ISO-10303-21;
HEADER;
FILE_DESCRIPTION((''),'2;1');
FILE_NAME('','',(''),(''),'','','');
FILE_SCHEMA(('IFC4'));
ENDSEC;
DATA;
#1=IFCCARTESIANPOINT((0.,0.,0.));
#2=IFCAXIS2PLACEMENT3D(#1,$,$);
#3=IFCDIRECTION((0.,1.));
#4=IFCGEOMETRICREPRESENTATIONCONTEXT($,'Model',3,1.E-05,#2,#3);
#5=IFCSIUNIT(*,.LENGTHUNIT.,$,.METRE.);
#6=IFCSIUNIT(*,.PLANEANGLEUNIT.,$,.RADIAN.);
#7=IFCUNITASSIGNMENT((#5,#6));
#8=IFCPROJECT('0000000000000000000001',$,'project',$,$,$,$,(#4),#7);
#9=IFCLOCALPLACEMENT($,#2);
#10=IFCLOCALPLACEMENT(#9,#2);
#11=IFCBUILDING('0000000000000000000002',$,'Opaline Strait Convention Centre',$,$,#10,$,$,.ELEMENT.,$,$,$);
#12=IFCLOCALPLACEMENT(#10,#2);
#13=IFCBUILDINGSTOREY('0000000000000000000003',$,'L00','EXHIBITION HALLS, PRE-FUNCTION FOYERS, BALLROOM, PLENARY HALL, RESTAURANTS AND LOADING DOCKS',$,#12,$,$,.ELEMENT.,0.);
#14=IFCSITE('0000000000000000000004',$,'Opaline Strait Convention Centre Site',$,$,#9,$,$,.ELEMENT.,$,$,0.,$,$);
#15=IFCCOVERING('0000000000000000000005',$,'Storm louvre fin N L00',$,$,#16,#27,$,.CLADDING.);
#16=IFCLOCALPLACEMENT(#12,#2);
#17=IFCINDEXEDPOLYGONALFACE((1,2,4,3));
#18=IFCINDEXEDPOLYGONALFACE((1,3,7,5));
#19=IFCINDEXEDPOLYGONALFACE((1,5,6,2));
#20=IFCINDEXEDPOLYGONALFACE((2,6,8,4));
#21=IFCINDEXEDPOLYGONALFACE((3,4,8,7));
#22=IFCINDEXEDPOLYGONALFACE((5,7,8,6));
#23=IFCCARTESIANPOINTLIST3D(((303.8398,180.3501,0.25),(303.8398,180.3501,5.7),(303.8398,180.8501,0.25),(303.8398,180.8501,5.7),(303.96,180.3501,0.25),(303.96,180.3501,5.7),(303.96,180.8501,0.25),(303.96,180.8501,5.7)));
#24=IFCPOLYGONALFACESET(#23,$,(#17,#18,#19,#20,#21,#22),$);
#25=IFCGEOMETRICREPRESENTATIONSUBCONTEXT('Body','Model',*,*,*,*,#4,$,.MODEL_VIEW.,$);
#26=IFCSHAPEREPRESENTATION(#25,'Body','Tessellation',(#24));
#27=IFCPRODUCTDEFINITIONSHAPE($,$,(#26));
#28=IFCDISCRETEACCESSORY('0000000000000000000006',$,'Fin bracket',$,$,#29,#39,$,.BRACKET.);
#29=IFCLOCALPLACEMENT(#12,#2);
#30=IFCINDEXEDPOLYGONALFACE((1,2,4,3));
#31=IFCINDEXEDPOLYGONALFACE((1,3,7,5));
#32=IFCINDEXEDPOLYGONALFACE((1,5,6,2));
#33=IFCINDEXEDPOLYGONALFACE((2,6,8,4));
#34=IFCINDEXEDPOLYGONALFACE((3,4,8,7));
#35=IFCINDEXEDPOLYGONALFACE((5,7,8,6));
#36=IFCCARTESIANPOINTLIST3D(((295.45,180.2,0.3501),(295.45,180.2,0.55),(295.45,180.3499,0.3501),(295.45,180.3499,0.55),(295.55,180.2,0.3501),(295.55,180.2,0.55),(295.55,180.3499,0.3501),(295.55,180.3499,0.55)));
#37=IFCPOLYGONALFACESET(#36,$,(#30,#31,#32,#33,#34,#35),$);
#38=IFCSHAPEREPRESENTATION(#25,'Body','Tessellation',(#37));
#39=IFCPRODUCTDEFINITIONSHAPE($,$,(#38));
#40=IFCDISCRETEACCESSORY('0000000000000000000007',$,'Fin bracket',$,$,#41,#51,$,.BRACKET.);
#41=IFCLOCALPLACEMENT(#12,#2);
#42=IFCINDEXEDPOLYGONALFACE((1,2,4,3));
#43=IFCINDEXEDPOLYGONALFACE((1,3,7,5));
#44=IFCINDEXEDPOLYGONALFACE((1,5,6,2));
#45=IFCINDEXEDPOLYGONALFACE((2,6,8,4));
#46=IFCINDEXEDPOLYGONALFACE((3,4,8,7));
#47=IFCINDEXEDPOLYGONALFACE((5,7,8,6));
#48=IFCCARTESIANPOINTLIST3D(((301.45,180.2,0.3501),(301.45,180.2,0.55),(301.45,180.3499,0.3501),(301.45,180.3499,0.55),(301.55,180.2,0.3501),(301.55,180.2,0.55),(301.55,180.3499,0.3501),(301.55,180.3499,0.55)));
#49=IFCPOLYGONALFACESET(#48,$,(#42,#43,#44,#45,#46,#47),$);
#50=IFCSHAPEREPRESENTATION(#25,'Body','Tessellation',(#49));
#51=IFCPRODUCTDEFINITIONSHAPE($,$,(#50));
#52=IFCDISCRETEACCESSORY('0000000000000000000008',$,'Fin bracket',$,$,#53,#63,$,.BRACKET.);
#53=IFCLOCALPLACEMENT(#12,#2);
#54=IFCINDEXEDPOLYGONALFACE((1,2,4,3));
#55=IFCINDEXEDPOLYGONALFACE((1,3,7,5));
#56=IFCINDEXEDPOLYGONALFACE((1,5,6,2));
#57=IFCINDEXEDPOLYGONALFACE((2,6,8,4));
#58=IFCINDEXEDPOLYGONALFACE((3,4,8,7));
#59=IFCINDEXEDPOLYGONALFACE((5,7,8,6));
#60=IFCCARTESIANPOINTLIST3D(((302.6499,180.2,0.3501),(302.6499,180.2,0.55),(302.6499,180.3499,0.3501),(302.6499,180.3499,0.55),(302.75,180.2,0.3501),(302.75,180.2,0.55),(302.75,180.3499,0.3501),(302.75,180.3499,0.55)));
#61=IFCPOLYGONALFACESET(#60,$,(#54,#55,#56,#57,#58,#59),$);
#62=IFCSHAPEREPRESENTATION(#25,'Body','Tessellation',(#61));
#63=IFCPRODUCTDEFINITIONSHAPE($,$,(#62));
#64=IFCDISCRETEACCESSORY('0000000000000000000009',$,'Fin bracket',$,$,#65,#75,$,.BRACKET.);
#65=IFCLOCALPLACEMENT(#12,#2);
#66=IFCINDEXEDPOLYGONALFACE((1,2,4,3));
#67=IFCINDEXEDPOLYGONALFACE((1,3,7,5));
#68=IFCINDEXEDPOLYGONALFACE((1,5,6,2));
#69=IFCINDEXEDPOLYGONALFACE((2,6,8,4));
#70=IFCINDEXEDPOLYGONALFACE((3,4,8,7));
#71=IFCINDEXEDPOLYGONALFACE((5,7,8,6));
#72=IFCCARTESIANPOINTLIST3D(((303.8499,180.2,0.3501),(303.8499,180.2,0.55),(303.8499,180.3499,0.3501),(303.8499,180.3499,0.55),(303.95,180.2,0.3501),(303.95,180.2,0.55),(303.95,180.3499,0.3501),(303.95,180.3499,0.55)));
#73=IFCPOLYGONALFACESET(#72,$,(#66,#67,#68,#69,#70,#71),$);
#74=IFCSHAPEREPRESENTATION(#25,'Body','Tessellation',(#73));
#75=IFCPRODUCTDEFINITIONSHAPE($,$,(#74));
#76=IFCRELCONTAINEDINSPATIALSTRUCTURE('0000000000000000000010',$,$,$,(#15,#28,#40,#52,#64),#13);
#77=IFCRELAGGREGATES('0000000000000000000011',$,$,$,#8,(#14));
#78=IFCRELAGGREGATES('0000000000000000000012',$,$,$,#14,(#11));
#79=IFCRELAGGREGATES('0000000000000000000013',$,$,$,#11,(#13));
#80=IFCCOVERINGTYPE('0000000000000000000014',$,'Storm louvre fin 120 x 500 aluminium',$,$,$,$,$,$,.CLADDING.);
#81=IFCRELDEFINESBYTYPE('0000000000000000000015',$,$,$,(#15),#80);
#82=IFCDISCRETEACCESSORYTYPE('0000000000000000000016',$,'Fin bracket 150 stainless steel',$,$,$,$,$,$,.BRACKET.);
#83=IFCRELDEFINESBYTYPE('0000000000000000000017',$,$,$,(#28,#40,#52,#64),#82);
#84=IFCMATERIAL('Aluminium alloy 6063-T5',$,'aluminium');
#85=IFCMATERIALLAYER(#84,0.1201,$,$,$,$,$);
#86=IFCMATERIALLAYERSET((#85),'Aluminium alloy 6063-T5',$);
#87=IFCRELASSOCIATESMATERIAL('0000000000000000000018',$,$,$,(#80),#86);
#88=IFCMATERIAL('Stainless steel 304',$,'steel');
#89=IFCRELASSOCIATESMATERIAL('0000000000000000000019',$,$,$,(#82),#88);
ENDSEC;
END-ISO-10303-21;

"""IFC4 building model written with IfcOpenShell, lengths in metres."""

from ifc_helpers import new_model, si_unit, direction, frame, origin, origin_2d, place, context, subcontext, project, spatial, rectangle, extrude, material, layer, layer_set, type_object, element, save


model = new_model("IFC4")

# Units and contexts
model_context = context("Model", 3, precision=1e-05, world=origin(), true_north=direction((0.0, 1.0)))
body_context = subcontext(model_context, "Body", "Model", "MODEL_VIEW")
ifc_project = project(units=[si_unit("LENGTHUNIT", "METRE"), si_unit("PLANEANGLEUNIT", "RADIAN")], contexts=[model_context])

# Site, building, storey
site_placement = place(None, origin())
site = spatial("IfcSite", under=ifc_project, at=site_placement, Name="Opaline Strait Convention Centre Site", CompositionType="ELEMENT", RefElevation=0.0)
building_placement = place(site_placement, origin())
building = spatial("IfcBuilding", under=site, at=building_placement, Name="Opaline Strait Convention Centre", CompositionType="ELEMENT")
storey_placement = place(building_placement, origin())
storey = spatial("IfcBuildingStorey", under=building, at=storey_placement, Name="L00", Description="EXHIBITION HALLS, PRE-FUNCTION FOYERS, BALLROOM, PLENARY HALL, RESTAURANTS AND LOADING DOCKS", CompositionType="ELEMENT", Elevation=0.0)

# Shared definitions
ifc_material_1 = material(Name="Stainless steel 304", Category="steel")

# Covering
ifc_material_2 = material(Name="Aluminium alloy 6063-T5", Category="aluminium")
ifc_layer_1 = layer(ifc_material_2, 0.1201)
ifc_layer_set_1 = layer_set([ifc_layer_1], Name="Aluminium alloy 6063-T5")
covering_type = type_object("IfcCoveringType", Name="Storm louvre fin 120 x 500 aluminium", PredefinedType="CLADDING", material=ifc_layer_set_1)
for number, where, z_axis, x_axis, name in (
    (1, (303.8999, 180.6001, 0.25), (0.0, 0.0, 1.0), (1.0, 0.0, 0.0), "Storm louvre fin N L00"),
):
    element("IfcCovering", number, at=place(storey_placement, frame(where, z_axis=z_axis, x_axis=x_axis)), inside=storey, type_object=covering_type, Name=name, PredefinedType="CLADDING", context=body_context, shape_type="SweptSolid", body=[
        extrude(rectangle(XDim=0.1201, YDim=0.5, at=origin_2d()), origin(), (0.0, 0.0, 1.0), 5.45),
    ])

# Discrete accessories
discrete_accessory_type = type_object("IfcDiscreteAccessoryType", Name="Fin bracket 150 stainless steel", PredefinedType="BRACKET", material=ifc_material_1)
for number, where, z_axis, x_axis, name in (
    (2, (295.5, 180.2749, 0.3501), (0.0, 0.0, 1.0), (1.0, 0.0, 0.0), "Fin bracket"),
    (3, (301.5, 180.2749, 0.3501), (0.0, 0.0, 1.0), (1.0, 0.0, 0.0), "Fin bracket"),
    (4, (302.7, 180.2749, 0.3501), (0.0, 0.0, 1.0), (1.0, 0.0, 0.0), "Fin bracket"),
    (5, (303.8999, 180.2749, 0.3501), (0.0, 0.0, 1.0), (1.0, 0.0, 0.0), "Fin bracket"),
):
    element("IfcDiscreteAccessory", number, at=place(storey_placement, frame(where, z_axis=z_axis, x_axis=x_axis)), inside=storey, type_object=discrete_accessory_type, Name=name, PredefinedType="BRACKET", context=body_context, shape_type="SweptSolid", body=[
        extrude(rectangle(XDim=0.1001, YDim=0.1499, at=origin_2d()), origin(), (0.0, 0.0, 1.0), 0.2),
    ])

save(model, "model.ifc")
